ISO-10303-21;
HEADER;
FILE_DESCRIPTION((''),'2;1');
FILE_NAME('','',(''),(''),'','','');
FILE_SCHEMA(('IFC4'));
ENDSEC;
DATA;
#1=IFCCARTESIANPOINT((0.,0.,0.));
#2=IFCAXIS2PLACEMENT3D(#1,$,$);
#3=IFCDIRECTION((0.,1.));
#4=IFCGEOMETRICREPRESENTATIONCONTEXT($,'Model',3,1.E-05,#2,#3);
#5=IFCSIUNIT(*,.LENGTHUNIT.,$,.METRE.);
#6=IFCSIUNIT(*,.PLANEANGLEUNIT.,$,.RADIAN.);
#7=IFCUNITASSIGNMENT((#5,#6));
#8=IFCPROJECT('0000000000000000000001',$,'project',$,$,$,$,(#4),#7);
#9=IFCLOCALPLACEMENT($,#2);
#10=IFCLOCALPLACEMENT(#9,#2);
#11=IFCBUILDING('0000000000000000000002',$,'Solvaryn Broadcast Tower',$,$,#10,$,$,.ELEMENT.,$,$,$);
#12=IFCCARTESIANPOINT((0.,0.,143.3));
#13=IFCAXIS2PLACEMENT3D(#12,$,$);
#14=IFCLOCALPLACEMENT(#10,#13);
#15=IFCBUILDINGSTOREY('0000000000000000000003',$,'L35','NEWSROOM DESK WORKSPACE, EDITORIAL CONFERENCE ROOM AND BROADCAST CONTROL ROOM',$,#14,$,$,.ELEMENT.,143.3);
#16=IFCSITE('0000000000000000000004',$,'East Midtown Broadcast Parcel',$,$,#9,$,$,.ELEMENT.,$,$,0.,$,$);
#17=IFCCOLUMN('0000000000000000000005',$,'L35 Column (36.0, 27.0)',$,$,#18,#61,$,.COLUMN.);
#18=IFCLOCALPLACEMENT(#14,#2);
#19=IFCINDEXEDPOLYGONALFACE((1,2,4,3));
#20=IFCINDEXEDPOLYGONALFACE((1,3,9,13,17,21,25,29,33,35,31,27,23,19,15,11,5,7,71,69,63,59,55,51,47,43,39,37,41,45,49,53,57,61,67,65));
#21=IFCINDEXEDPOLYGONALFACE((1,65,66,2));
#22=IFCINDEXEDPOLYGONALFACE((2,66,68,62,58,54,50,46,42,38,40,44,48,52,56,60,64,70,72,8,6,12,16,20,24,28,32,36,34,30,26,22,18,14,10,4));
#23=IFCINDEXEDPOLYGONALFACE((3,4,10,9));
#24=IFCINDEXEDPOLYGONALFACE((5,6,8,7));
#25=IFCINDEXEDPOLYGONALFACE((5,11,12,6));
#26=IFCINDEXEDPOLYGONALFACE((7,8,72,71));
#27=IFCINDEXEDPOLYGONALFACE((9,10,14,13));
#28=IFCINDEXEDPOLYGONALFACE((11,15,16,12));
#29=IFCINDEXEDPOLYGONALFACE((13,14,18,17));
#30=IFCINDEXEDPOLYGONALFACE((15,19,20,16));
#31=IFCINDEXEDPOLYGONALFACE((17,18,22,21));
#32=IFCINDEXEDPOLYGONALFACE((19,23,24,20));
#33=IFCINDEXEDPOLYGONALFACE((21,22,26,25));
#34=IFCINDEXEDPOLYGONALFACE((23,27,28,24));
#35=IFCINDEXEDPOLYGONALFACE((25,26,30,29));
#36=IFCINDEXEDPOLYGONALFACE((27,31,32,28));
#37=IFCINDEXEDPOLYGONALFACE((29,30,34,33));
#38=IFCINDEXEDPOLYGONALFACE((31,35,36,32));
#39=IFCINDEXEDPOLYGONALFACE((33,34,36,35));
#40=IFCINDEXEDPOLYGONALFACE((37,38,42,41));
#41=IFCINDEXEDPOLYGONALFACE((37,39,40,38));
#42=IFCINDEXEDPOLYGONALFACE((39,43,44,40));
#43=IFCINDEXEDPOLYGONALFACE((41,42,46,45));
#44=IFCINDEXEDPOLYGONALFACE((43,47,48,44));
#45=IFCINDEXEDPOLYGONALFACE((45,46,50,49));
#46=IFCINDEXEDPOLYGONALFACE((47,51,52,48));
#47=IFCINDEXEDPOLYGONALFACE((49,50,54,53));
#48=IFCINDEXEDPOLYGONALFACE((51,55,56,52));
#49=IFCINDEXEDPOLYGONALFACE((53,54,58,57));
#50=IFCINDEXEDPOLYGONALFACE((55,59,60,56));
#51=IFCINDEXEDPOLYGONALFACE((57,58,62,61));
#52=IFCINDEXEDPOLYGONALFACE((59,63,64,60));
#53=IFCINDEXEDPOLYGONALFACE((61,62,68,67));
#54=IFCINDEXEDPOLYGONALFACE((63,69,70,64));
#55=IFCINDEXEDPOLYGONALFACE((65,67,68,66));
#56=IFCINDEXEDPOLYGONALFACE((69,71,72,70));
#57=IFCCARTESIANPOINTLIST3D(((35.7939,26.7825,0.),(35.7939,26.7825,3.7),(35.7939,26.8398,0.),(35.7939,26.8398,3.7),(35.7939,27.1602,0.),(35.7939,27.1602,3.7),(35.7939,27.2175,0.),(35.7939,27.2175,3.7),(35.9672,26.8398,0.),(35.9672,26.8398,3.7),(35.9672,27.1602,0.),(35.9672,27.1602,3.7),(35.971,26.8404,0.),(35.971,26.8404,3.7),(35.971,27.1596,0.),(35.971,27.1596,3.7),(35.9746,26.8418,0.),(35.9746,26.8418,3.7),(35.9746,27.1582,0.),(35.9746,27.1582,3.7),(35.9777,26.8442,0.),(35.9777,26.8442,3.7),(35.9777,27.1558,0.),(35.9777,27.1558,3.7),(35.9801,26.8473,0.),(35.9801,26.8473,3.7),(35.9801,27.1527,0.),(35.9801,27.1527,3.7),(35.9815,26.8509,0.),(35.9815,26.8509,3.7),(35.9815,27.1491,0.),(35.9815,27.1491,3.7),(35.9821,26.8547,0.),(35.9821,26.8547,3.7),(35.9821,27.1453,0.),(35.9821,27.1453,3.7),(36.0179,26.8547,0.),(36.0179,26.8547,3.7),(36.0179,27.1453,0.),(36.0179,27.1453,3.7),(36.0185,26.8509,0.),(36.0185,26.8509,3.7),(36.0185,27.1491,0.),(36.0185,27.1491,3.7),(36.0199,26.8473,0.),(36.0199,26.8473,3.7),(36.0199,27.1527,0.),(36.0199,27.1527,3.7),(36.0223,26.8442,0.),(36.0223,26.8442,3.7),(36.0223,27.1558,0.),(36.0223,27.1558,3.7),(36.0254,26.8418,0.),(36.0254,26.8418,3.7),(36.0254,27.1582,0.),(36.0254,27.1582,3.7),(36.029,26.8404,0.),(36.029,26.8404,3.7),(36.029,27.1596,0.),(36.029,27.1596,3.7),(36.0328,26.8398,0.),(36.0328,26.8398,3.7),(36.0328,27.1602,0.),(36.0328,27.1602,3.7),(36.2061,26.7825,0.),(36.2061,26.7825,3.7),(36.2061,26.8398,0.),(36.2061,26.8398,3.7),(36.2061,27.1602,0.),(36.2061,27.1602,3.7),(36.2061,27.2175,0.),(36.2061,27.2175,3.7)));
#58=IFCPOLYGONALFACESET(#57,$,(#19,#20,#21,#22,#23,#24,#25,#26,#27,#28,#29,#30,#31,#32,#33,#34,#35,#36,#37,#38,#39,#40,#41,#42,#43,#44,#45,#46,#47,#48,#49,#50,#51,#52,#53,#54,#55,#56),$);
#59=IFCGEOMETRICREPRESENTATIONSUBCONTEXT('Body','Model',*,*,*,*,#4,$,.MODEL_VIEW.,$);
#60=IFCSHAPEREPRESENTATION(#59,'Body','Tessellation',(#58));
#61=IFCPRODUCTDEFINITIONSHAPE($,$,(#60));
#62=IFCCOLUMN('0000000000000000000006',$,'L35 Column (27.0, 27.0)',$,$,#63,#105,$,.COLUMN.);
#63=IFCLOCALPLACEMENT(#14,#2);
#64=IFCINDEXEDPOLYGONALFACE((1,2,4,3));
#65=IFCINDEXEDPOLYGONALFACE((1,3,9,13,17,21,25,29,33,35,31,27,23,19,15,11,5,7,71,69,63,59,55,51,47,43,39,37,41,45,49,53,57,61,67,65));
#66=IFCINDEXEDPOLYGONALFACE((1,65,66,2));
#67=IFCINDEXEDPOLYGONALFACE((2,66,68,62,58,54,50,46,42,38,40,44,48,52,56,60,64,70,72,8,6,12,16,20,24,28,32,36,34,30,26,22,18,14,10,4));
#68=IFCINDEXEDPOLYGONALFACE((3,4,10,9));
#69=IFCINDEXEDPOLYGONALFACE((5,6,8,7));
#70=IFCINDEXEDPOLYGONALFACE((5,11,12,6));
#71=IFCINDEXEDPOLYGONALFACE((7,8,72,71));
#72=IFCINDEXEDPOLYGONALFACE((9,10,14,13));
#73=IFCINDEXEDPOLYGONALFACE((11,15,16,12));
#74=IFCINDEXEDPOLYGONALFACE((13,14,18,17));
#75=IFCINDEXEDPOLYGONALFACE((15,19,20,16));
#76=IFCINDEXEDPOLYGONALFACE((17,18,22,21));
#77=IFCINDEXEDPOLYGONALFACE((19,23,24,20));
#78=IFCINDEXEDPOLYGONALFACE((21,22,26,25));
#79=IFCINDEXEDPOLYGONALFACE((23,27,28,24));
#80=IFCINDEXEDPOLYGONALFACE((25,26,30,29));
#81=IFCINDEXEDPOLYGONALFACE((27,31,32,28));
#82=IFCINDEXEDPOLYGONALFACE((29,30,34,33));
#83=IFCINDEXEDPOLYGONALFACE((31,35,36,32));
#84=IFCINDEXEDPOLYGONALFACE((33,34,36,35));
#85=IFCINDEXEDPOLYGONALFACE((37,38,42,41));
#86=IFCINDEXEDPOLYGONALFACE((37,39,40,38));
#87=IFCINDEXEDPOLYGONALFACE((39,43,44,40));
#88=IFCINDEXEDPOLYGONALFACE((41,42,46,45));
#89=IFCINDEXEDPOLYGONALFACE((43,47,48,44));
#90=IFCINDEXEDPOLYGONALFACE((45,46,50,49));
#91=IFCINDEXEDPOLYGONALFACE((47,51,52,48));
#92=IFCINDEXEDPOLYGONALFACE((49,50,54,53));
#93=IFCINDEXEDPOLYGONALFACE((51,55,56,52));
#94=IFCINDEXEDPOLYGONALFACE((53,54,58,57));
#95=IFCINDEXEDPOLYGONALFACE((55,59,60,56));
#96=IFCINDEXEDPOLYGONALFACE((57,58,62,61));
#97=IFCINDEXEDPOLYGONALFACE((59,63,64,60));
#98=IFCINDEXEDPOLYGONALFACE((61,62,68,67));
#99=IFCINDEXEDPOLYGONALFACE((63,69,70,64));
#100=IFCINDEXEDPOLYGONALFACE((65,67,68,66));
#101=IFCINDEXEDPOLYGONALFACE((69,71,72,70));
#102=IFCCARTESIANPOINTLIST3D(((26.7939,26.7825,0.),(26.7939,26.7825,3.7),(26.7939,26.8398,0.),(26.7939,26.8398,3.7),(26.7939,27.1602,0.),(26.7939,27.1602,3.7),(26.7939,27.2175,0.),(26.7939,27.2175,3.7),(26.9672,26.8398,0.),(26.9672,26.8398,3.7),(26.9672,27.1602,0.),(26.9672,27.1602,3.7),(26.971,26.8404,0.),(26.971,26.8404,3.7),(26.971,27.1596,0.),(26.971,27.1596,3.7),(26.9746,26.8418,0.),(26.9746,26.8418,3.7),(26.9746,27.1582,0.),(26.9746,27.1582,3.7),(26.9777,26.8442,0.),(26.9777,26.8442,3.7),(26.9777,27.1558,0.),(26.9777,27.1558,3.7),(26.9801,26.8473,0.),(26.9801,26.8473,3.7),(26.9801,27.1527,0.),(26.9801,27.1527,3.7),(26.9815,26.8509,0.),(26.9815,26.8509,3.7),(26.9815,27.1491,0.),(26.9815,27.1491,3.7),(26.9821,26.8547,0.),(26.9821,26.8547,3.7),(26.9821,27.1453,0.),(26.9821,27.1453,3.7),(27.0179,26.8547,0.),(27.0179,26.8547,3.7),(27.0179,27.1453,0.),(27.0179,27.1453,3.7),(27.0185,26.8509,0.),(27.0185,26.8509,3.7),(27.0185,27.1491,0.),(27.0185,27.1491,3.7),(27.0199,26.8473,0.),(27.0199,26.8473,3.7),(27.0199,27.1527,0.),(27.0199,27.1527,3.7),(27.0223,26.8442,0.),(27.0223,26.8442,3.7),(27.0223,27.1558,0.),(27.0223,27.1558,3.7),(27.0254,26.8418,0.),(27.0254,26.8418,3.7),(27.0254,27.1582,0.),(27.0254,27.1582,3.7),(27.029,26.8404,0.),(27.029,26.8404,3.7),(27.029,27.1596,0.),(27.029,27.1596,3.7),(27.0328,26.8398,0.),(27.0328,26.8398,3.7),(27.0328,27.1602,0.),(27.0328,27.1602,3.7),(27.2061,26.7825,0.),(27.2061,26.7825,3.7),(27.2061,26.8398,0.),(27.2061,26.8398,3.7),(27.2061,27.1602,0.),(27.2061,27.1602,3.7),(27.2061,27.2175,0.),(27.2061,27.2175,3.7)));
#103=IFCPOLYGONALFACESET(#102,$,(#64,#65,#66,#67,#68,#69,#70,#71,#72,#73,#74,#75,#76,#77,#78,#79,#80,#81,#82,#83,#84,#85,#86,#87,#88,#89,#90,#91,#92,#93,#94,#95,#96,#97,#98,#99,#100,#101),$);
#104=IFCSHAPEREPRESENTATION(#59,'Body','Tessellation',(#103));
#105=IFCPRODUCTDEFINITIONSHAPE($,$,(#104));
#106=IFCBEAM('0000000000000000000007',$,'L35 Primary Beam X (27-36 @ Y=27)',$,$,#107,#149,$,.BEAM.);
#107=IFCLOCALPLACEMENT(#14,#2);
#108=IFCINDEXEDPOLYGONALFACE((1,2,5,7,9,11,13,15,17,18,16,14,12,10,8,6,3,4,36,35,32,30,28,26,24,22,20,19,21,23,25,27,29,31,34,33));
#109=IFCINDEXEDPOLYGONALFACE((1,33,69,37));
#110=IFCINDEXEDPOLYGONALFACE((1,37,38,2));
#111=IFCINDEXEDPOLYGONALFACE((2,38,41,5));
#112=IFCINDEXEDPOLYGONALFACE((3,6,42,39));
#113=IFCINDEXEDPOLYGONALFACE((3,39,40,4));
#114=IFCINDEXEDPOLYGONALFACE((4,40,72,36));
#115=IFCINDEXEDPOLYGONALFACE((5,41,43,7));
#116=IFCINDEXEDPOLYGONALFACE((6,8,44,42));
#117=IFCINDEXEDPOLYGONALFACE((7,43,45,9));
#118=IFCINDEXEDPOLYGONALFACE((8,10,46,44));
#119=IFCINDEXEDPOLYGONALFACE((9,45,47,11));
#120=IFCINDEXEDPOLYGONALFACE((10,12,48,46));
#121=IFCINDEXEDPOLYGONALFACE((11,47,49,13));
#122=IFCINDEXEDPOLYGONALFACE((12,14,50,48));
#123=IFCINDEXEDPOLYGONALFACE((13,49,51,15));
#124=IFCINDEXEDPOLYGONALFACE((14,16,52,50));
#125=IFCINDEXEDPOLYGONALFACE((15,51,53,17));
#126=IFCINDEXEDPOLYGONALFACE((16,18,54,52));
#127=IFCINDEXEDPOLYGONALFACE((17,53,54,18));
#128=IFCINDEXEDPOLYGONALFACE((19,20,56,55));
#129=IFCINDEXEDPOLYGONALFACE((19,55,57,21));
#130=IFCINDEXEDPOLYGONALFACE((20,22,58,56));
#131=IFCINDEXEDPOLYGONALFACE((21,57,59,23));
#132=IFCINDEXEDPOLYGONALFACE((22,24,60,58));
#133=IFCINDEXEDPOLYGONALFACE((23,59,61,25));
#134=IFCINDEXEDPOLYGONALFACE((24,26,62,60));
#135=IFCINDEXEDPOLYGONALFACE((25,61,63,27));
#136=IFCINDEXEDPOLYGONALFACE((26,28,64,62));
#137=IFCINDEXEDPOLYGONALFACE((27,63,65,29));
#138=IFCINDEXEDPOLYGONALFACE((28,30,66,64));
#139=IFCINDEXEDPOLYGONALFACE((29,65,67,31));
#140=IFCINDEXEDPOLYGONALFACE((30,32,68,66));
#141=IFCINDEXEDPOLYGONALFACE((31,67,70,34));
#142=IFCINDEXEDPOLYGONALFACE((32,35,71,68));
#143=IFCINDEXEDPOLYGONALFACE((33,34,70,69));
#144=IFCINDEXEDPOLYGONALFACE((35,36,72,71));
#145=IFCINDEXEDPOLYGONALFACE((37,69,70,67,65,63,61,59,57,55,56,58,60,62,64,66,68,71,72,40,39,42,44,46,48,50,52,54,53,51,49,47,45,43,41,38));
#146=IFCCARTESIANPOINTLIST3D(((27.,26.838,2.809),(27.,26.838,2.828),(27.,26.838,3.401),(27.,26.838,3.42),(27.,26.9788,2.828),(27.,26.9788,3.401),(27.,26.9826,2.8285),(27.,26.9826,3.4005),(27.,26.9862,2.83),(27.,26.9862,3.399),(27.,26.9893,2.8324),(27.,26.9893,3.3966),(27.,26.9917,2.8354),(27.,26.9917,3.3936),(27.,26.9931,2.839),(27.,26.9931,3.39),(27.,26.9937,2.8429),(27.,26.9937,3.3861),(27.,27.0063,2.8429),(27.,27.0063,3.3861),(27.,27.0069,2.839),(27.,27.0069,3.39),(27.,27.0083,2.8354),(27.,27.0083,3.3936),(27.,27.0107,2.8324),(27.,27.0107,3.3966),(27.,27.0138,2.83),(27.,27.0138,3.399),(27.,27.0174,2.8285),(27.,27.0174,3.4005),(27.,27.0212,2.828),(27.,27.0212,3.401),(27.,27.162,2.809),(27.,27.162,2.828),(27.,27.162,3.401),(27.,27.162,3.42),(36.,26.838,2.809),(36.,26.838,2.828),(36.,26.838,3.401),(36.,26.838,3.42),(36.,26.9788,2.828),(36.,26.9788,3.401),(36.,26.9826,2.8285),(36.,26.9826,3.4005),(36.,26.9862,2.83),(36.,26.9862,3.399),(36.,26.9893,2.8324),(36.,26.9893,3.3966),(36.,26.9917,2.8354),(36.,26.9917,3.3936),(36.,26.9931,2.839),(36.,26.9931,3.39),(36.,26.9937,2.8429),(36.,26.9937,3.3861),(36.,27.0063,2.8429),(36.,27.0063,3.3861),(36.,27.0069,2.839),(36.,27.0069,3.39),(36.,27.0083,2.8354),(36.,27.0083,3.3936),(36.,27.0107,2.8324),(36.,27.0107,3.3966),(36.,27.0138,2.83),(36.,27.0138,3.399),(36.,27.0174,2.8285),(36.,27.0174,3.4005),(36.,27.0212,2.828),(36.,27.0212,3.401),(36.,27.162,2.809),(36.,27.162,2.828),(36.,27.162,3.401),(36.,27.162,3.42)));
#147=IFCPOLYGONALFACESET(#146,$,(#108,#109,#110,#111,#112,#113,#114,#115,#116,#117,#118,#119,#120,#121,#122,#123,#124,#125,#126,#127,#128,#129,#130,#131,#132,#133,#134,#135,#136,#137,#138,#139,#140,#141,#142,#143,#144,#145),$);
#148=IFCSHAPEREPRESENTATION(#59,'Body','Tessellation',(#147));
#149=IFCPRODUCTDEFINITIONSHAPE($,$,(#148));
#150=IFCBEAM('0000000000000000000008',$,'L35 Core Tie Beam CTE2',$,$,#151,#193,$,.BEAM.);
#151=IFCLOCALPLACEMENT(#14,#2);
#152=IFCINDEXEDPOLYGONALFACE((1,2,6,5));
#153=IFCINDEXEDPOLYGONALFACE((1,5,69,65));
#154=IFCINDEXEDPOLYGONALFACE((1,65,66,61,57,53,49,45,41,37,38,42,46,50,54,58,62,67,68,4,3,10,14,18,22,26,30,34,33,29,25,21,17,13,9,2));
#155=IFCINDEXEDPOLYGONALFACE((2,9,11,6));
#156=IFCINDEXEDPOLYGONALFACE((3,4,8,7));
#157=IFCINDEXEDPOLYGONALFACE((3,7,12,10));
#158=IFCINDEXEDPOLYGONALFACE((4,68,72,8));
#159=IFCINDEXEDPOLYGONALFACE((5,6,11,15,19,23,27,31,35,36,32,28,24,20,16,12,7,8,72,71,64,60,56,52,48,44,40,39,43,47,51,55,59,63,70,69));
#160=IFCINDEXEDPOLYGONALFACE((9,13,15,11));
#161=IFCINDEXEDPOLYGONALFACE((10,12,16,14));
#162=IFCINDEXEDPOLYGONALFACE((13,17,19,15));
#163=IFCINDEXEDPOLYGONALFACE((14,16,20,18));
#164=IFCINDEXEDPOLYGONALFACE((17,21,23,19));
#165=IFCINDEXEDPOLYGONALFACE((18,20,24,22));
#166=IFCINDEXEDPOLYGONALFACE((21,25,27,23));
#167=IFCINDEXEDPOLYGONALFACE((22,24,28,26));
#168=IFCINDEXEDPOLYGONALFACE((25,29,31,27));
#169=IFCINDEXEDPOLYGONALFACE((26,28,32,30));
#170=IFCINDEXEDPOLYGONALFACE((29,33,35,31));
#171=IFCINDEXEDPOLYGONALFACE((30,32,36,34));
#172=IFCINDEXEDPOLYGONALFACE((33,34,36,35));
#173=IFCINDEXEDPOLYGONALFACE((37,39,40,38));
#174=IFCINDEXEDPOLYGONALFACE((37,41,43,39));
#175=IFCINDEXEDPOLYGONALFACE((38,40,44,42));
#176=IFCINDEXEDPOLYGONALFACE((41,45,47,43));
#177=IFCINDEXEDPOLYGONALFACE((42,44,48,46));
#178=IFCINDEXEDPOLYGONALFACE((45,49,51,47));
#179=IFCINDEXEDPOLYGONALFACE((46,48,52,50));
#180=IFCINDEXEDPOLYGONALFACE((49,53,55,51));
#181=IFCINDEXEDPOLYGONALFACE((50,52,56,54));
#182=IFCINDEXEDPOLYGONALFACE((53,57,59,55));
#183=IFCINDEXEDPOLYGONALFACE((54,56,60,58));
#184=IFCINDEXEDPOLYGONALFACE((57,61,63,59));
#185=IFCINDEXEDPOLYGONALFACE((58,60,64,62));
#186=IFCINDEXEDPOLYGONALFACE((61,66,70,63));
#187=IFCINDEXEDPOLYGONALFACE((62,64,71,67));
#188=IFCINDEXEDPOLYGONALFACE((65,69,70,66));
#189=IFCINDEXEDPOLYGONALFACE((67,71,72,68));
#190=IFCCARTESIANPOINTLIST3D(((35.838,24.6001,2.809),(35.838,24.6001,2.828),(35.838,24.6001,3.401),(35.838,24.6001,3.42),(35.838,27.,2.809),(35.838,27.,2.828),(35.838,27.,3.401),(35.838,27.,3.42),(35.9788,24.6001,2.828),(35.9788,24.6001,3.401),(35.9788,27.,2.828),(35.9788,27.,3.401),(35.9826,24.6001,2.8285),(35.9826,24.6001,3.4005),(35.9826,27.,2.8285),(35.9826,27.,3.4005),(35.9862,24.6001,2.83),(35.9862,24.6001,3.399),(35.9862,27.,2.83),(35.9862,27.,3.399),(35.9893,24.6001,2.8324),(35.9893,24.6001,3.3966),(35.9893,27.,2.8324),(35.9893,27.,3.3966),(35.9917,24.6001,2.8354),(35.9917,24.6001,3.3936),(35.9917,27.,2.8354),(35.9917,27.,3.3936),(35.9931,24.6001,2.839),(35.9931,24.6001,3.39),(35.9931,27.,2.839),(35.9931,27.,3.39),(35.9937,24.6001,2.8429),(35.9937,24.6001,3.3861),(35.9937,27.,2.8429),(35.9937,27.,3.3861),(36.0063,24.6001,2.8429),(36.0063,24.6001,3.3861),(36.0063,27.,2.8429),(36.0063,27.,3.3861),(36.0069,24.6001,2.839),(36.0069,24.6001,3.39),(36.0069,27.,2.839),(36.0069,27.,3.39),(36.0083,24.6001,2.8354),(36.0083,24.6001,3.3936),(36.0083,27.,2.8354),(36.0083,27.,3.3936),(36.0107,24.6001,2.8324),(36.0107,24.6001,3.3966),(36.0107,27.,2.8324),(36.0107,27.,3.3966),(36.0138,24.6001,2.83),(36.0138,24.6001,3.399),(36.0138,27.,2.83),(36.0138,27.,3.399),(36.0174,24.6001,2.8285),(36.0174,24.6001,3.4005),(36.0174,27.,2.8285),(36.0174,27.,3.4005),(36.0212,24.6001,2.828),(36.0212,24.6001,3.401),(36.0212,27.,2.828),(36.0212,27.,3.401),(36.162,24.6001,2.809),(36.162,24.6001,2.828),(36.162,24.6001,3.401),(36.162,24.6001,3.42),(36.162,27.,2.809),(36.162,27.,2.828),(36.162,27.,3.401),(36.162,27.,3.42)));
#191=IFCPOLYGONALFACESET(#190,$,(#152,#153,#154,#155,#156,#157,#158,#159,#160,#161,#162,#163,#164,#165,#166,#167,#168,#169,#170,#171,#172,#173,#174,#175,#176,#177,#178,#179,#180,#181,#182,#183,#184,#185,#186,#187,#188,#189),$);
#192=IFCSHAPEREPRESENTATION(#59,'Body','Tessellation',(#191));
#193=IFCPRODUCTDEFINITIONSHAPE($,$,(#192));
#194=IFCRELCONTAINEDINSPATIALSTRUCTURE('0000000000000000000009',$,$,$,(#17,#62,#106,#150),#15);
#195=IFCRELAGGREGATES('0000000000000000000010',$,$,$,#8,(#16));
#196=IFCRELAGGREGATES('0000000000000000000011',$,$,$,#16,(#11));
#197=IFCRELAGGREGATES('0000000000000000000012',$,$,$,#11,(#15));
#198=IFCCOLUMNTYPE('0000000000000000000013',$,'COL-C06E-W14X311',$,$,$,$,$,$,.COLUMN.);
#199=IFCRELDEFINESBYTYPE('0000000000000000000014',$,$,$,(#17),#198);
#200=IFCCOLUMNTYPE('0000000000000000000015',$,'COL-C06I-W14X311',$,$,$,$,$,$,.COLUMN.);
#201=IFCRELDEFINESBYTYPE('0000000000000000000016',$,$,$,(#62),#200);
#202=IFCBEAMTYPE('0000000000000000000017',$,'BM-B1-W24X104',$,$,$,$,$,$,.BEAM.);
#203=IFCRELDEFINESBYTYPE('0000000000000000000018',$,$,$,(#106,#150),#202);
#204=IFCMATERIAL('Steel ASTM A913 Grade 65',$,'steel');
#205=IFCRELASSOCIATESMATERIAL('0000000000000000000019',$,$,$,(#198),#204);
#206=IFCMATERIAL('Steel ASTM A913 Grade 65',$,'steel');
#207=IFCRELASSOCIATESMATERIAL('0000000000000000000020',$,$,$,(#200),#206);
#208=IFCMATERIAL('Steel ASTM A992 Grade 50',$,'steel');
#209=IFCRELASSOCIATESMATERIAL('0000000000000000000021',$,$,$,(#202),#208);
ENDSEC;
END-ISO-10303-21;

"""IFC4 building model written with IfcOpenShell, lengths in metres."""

from ifc_helpers import new_model, si_unit, direction, frame, origin, origin_2d, place, context, subcontext, project, spatial, i_section, extrude, material, material_profile, profile_set, type_object, element, save


model = new_model("IFC4")

# Units and contexts
model_context = context("Model", 3, precision=1e-05, world=origin(), true_north=direction((0.0, 1.0)))
body_context = subcontext(model_context, "Body", "Model", "MODEL_VIEW")
ifc_project = project(units=[si_unit("LENGTHUNIT", "METRE"), si_unit("PLANEANGLEUNIT", "RADIAN")], contexts=[model_context])

# Site, building, storey
site_placement = place(None, origin())
site = spatial("IfcSite", under=ifc_project, at=site_placement, Name="East Midtown Broadcast Parcel", CompositionType="ELEMENT", RefElevation=0.0)
building_placement = place(site_placement, origin())
building = spatial("IfcBuilding", under=site, at=building_placement, Name="Solvaryn Broadcast Tower", CompositionType="ELEMENT")
storey_placement = place(building_placement, frame((0.0, 0.0, 143.3)))
storey = spatial("IfcBuildingStorey", under=building, at=storey_placement, Name="L35", Description="NEWSROOM DESK WORKSPACE, EDITORIAL CONFERENCE ROOM AND BROADCAST CONTROL ROOM", CompositionType="ELEMENT", Elevation=143.3)

# Columns
ifc_material_1 = material(Name="Steel ASTM A913 Grade 65", Category="steel")
ifc_material_profile_1 = material_profile(ifc_material_1, i_section(OverallWidth=0.4121, OverallDepth=0.4351, WebThickness=0.0359, FlangeThickness=0.0574, FilletRadius=0.0149, at=origin_2d()))
ifc_profile_set_1 = profile_set([ifc_material_profile_1], Name="Steel ASTM A913 Grade 65")
column_type_1 = type_object("IfcColumnType", Name="COL-C06E-W14X311", PredefinedType="COLUMN", material=ifc_profile_set_1)
column_1_placement = place(storey_placement, frame((36.0, 27.0, 0.0), z_axis=(0.0, 0.0, 1.0), x_axis=(1.0, 0.0, 0.0)))
element("IfcColumn", 1, at=column_1_placement, inside=storey, type_object=column_type_1, Name="L35 Column (36.0, 27.0)", PredefinedType="COLUMN", context=body_context, shape_type="SweptSolid", body=[
    extrude(i_section(OverallWidth=0.4121, OverallDepth=0.4351, WebThickness=0.0359, FlangeThickness=0.0574, FilletRadius=0.0149, at=origin_2d()), origin(), (0.0, 0.0, 1.0), 3.7),
])
ifc_material_2 = material(Name="Steel ASTM A913 Grade 65", Category="steel")
ifc_material_profile_2 = material_profile(ifc_material_2, i_section(OverallWidth=0.4121, OverallDepth=0.4351, WebThickness=0.0359, FlangeThickness=0.0574, FilletRadius=0.0149, at=origin_2d()))
ifc_profile_set_2 = profile_set([ifc_material_profile_2], Name="Steel ASTM A913 Grade 65")
column_type_2 = type_object("IfcColumnType", Name="COL-C06I-W14X311", PredefinedType="COLUMN", material=ifc_profile_set_2)
column_2_placement = place(storey_placement, frame((27.0, 27.0, 0.0), z_axis=(0.0, 0.0, 1.0), x_axis=(1.0, 0.0, 0.0)))
element("IfcColumn", 2, at=column_2_placement, inside=storey, type_object=column_type_2, Name="L35 Column (27.0, 27.0)", PredefinedType="COLUMN", context=body_context, shape_type="SweptSolid", body=[
    extrude(i_section(OverallWidth=0.4121, OverallDepth=0.4351, WebThickness=0.0359, FlangeThickness=0.0574, FilletRadius=0.0149, at=origin_2d()), origin(), (0.0, 0.0, 1.0), 3.7),
])

# Beams
ifc_material_3 = material(Name="Steel ASTM A992 Grade 50", Category="steel")
ifc_material_profile_3 = material_profile(ifc_material_3, i_section(OverallWidth=0.324, OverallDepth=0.6111, WebThickness=0.0127, FlangeThickness=0.019, FilletRadius=0.0149, at=origin_2d()))
ifc_profile_set_3 = profile_set([ifc_material_profile_3], Name="Steel ASTM A992 Grade 50")
beam_type_1 = type_object("IfcBeamType", Name="BM-B1-W24X104", PredefinedType="BEAM", material=ifc_profile_set_3)
beam_1_placement = place(storey_placement, frame((27.0, 27.0, 3.1145), z_axis=(1.0, 0.0, 0.0), x_axis=(0.0, 1.0, 0.0)))
element("IfcBeam", 3, at=beam_1_placement, inside=storey, type_object=beam_type_1, Name="L35 Primary Beam X (27-36 @ Y=27)", PredefinedType="BEAM", context=body_context, shape_type="SweptSolid", body=[
    extrude(i_section(OverallWidth=0.324, OverallDepth=0.6111, WebThickness=0.0127, FlangeThickness=0.019, FilletRadius=0.0149, at=origin_2d()), origin(), (0.0, 0.0, 1.0), 9.0),
])
beam_2_placement = place(storey_placement, frame((36.0, 24.6001, 3.1145), z_axis=(0.0, 1.0, 0.0), x_axis=(-1.0, 0.0, 0.0)))
element("IfcBeam", 4, at=beam_2_placement, inside=storey, type_object=beam_type_1, Name="L35 Core Tie Beam CTE2", PredefinedType="BEAM", context=body_context, shape_type="SweptSolid", body=[
    extrude(i_section(OverallWidth=0.324, OverallDepth=0.6111, WebThickness=0.0127, FlangeThickness=0.019, FilletRadius=0.0149, at=origin_2d()), origin(), (0.0, 0.0, 1.0), 2.3999),
])

save(model, "model.ifc")
